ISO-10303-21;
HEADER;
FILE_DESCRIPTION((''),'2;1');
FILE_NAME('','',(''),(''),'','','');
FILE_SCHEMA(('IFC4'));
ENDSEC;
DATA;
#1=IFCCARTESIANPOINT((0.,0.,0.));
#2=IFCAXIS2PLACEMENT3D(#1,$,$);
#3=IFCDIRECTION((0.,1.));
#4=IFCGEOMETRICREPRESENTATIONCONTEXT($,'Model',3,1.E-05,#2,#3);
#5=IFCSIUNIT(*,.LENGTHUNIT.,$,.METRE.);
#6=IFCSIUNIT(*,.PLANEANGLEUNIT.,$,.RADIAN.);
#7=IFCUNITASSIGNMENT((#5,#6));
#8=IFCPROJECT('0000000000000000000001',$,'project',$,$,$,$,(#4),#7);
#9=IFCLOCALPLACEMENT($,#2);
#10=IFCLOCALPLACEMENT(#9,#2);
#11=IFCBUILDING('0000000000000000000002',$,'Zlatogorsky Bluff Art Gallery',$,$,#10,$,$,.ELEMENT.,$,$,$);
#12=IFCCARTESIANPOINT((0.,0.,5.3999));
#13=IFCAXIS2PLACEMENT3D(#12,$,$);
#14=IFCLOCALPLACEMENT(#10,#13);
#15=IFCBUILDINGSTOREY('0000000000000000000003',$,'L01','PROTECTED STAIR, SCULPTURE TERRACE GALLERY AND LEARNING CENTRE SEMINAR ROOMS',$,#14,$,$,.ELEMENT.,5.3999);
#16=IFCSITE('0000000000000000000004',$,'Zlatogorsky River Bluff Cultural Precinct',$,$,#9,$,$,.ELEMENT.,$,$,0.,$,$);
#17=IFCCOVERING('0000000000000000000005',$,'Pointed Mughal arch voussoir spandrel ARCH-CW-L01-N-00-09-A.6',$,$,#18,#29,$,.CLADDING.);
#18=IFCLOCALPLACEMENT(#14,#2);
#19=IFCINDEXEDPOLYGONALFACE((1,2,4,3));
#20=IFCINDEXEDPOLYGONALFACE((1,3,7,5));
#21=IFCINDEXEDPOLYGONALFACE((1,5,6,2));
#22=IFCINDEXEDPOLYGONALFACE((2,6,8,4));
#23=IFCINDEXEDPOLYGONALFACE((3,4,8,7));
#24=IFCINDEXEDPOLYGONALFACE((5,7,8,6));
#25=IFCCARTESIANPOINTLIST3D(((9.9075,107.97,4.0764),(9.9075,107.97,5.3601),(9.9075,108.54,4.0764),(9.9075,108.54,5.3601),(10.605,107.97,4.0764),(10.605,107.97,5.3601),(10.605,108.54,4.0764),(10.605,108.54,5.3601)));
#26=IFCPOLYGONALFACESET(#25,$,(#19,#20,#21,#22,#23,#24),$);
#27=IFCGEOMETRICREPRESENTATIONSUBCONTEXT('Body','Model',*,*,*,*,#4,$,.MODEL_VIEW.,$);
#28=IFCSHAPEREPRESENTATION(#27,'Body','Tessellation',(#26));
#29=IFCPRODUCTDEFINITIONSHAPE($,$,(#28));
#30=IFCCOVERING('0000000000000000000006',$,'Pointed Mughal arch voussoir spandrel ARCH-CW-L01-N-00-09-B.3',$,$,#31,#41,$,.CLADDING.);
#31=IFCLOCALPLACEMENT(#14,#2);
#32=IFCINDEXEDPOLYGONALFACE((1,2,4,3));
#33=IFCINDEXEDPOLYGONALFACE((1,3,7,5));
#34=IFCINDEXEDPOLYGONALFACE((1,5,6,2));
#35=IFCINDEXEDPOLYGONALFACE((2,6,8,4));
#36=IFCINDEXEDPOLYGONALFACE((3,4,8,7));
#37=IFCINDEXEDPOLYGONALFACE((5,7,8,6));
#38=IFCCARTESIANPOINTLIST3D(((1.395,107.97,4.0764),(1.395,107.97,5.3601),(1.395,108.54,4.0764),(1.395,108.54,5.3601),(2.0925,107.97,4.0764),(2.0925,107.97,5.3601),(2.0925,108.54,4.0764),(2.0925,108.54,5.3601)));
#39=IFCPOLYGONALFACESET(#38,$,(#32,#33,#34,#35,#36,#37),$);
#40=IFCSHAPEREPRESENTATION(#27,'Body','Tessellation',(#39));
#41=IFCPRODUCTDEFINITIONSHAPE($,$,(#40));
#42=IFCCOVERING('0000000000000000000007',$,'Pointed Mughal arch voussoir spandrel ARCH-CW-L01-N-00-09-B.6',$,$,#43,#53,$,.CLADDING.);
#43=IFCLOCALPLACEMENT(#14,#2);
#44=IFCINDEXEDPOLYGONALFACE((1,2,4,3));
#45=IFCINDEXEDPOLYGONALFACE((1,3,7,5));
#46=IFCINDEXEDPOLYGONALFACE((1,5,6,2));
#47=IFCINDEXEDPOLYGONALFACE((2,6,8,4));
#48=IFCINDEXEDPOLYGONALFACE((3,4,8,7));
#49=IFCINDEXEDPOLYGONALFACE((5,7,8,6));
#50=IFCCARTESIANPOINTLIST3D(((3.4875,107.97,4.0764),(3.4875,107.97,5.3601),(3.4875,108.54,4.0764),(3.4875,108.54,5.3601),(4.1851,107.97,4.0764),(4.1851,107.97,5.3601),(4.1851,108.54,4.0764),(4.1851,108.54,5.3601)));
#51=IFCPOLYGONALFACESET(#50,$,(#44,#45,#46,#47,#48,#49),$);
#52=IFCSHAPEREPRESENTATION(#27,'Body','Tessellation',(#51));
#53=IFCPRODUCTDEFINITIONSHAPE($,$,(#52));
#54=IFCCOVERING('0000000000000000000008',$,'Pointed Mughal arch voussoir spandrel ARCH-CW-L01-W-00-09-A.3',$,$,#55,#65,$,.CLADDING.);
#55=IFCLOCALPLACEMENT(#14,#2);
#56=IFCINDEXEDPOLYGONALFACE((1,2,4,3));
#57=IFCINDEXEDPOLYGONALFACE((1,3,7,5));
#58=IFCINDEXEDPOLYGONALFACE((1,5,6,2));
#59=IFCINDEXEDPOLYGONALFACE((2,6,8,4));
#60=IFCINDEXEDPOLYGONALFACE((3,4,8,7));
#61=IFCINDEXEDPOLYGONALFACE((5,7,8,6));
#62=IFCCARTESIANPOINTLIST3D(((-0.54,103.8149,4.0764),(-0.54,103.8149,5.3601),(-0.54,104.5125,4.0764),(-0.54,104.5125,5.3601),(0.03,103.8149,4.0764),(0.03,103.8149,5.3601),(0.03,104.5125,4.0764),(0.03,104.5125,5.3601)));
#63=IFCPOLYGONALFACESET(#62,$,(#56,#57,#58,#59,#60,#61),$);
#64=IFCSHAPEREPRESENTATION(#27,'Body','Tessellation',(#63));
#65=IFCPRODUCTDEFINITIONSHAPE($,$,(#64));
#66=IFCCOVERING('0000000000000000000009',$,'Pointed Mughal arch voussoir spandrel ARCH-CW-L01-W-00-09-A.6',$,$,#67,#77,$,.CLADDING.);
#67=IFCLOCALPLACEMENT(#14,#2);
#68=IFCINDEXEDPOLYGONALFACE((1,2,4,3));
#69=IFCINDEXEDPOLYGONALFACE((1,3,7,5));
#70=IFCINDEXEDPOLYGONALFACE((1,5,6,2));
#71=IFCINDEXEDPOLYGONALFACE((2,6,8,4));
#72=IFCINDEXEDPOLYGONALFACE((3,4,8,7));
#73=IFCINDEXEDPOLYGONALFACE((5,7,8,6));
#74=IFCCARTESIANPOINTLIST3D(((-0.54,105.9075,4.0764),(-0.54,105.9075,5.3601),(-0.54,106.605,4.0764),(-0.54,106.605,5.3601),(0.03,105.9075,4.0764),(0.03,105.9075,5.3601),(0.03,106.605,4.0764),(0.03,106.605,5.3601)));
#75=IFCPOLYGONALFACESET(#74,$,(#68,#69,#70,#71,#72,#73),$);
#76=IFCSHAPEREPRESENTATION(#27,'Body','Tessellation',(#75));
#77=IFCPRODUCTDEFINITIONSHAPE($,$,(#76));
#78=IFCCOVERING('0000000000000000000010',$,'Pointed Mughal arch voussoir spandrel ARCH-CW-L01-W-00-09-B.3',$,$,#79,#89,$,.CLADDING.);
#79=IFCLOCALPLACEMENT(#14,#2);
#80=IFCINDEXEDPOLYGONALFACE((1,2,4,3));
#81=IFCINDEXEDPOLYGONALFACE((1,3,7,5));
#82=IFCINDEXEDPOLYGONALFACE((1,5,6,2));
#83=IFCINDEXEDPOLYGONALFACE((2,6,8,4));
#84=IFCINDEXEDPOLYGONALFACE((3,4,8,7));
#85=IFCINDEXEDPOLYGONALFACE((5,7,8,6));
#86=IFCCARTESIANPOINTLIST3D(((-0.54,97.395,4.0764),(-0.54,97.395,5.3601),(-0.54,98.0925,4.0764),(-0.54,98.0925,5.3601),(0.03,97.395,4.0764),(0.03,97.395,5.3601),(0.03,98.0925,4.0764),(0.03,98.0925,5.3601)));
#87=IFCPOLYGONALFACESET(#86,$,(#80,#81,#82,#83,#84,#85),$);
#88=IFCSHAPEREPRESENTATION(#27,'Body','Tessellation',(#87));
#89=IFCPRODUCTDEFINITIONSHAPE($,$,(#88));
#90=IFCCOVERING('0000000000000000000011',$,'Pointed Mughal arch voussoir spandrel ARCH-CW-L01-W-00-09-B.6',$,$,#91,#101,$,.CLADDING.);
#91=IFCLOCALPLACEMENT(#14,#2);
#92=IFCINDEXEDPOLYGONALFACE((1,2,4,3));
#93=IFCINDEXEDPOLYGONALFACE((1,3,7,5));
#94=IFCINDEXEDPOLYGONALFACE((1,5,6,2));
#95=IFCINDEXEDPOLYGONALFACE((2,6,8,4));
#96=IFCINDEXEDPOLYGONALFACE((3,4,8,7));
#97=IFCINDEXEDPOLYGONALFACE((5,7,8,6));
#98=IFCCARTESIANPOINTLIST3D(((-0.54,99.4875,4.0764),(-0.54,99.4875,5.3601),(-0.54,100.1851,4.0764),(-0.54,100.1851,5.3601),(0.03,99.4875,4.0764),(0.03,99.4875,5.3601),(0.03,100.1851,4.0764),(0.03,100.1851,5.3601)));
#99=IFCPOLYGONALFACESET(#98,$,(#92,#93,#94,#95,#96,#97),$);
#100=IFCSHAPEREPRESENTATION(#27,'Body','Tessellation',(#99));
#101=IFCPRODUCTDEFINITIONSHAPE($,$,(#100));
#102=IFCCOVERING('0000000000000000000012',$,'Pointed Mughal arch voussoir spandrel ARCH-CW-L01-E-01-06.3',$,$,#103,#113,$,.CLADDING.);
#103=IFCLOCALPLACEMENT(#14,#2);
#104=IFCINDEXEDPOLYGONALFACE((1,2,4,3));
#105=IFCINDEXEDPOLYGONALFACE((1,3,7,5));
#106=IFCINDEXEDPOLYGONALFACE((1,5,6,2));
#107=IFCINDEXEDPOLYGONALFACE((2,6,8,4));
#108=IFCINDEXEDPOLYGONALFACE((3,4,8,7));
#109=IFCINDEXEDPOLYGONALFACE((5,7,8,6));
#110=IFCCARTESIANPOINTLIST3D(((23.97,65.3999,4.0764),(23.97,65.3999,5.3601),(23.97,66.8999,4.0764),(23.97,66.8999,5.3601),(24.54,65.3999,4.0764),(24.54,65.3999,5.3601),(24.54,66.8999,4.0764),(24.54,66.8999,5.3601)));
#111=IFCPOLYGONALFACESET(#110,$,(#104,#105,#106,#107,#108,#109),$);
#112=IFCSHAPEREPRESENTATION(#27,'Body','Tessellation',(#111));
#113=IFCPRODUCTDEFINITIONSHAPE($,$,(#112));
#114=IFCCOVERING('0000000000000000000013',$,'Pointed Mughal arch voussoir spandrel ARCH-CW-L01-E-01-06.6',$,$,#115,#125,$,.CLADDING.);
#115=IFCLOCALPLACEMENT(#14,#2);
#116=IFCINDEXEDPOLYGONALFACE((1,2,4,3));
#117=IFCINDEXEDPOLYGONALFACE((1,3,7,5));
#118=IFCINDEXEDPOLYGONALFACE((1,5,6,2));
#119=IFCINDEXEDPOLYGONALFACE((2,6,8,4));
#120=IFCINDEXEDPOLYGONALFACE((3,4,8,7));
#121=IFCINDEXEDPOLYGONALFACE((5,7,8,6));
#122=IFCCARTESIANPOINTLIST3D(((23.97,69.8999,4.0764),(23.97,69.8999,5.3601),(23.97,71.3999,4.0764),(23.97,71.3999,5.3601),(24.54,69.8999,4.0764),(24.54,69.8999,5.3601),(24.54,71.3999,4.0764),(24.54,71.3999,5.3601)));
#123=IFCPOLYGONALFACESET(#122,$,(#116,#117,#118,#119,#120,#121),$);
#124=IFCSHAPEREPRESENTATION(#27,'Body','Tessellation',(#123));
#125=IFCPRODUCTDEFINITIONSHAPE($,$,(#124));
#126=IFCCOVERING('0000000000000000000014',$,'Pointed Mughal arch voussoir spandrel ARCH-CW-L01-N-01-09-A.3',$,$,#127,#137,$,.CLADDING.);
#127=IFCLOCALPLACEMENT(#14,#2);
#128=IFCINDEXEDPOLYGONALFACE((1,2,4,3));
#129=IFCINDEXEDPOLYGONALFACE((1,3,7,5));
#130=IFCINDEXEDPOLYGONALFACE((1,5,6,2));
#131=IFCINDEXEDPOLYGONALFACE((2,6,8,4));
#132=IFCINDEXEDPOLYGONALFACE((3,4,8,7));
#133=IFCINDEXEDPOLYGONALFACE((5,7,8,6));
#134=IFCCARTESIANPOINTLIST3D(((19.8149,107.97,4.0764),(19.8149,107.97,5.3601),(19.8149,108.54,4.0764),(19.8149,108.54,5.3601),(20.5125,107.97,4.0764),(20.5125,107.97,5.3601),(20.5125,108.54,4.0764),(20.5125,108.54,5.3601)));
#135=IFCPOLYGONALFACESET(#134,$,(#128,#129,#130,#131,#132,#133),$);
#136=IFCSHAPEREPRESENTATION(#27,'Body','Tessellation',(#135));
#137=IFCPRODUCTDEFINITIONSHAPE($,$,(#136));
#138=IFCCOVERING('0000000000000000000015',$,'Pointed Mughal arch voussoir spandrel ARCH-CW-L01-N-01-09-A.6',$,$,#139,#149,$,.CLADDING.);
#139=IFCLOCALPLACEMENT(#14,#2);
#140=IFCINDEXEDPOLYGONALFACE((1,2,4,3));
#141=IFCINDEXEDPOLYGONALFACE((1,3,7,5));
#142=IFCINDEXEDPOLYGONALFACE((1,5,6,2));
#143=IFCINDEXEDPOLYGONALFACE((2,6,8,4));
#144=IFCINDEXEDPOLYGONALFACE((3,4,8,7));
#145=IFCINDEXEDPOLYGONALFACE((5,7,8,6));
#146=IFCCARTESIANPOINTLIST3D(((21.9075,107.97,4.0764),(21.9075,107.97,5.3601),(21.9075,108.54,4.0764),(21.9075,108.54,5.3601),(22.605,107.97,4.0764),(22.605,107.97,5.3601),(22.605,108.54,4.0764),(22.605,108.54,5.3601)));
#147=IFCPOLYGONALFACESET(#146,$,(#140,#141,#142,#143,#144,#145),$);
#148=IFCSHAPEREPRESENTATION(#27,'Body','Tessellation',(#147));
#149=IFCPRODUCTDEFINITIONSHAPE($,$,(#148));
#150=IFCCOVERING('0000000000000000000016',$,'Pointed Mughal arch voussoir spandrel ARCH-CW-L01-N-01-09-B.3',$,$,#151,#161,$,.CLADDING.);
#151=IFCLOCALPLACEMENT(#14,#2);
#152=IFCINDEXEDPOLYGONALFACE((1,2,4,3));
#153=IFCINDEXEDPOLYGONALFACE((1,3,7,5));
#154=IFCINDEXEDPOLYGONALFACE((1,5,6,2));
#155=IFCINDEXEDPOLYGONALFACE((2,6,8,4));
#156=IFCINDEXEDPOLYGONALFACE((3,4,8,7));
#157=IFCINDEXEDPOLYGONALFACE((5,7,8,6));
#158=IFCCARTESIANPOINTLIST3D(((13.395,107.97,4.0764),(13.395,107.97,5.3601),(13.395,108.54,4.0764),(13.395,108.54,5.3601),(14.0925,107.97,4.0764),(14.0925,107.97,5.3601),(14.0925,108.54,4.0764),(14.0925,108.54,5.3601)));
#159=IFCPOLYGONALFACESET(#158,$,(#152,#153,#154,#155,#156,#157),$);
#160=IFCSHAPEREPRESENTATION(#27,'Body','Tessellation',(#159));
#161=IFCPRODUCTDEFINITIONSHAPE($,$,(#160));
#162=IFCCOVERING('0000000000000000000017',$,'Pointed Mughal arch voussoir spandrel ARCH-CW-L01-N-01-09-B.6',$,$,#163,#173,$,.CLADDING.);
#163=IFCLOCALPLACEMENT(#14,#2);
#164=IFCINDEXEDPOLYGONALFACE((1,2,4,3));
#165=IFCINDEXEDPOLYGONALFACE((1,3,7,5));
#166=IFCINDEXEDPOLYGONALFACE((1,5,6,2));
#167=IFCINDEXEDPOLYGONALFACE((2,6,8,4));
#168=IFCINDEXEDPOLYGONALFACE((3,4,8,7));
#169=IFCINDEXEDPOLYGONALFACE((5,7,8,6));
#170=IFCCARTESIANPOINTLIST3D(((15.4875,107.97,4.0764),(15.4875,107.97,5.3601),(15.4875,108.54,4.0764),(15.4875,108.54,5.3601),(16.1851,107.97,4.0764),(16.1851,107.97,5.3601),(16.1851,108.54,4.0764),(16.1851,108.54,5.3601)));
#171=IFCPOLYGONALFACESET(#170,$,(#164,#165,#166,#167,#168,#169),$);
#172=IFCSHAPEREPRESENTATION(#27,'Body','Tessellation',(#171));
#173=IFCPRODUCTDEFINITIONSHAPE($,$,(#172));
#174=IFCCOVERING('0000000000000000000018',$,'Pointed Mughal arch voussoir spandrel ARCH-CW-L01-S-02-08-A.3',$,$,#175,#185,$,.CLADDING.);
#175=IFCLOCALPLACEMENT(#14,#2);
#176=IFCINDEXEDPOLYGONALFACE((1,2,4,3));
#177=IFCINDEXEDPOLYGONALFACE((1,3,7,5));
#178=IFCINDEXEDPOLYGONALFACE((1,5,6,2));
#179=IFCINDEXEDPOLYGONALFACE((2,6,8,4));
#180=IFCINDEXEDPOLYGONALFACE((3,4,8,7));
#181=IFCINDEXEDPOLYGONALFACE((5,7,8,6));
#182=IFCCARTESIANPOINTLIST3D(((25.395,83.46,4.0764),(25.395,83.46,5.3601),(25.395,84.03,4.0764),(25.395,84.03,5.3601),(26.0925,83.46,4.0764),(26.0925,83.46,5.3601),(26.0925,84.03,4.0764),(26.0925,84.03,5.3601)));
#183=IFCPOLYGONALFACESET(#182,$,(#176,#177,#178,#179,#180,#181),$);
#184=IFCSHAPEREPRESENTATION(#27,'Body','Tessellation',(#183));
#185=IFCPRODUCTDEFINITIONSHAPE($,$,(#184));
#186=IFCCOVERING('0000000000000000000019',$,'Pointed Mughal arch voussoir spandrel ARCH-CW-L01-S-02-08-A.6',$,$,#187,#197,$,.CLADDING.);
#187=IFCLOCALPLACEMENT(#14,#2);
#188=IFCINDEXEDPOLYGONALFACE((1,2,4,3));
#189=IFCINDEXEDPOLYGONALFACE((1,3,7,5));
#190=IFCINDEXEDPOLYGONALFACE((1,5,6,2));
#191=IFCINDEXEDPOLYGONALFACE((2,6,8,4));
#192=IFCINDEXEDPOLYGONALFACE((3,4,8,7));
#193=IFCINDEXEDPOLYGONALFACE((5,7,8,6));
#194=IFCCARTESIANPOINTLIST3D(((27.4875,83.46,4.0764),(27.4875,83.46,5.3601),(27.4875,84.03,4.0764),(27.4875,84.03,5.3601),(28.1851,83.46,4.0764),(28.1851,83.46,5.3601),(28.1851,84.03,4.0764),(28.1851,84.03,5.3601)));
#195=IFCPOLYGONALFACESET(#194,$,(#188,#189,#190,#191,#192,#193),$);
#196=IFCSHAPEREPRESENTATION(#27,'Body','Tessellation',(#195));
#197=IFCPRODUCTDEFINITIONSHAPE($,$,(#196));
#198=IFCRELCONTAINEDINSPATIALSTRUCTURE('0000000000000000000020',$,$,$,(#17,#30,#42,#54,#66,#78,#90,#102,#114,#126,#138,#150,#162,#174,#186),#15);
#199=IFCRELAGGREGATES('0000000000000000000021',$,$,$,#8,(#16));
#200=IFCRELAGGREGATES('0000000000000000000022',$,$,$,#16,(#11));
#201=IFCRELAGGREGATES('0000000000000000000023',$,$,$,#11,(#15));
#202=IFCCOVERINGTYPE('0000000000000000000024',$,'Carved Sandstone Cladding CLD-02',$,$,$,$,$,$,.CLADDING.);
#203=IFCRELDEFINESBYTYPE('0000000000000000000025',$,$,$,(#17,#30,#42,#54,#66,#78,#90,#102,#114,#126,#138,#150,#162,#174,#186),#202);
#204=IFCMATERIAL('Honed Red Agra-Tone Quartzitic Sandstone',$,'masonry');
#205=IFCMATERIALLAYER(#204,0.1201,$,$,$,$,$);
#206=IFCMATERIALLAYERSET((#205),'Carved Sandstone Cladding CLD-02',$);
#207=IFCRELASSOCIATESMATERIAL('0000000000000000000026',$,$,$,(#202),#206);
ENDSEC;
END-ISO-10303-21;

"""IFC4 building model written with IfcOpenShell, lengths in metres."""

from ifc_helpers import new_model, si_unit, direction, frame, origin, place, context, subcontext, project, spatial, polyline, outline, extrude, material, layer, layer_set, type_object, element, save


model = new_model("IFC4")

# Units and contexts
model_context = context("Model", 3, precision=1e-05, world=origin(), true_north=direction((0.0, 1.0)))
body_context = subcontext(model_context, "Body", "Model", "MODEL_VIEW")
ifc_project = project(units=[si_unit("LENGTHUNIT", "METRE"), si_unit("PLANEANGLEUNIT", "RADIAN")], contexts=[model_context])

# Site, building, storey
site_placement = place(None, origin())
site = spatial("IfcSite", under=ifc_project, at=site_placement, Name="Zlatogorsky River Bluff Cultural Precinct", CompositionType="ELEMENT", RefElevation=0.0)
building_placement = place(site_placement, origin())
building = spatial("IfcBuilding", under=site, at=building_placement, Name="Zlatogorsky Bluff Art Gallery", CompositionType="ELEMENT")
storey_placement = place(building_placement, frame((0.0, 0.0, 5.3999)))
storey = spatial("IfcBuildingStorey", under=building, at=storey_placement, Name="L01", Description="PROTECTED STAIR, SCULPTURE TERRACE GALLERY AND LEARNING CENTRE SEMINAR ROOMS", CompositionType="ELEMENT", Elevation=5.3999)

# Coverings
ifc_material = material(Name="Honed Red Agra-Tone Quartzitic Sandstone", Category="masonry")
ifc_layer = layer(ifc_material, 0.1201)
ifc_layer_set = layer_set([ifc_layer], Name="Carved Sandstone Cladding CLD-02")
covering_type = type_object("IfcCoveringType", Name="Carved Sandstone Cladding CLD-02", PredefinedType="CLADDING", material=ifc_layer_set)
covering_1_placement = place(storey_placement, frame((0.0, 0.0, 4.0764)))
element("IfcCovering", 1, at=covering_1_placement, inside=storey, type_object=covering_type, Name="Pointed Mughal arch voussoir spandrel ARCH-CW-L01-N-00-09-A.6", PredefinedType="CLADDING", context=body_context, shape_type="SweptSolid", body=[
    extrude(outline(polyline([(9.9075, 107.97), (10.605, 107.97), (10.605, 108.54), (9.9075, 108.54), (9.9075, 107.97)])), origin(), (0.0, 0.0, 1.0), 1.2837),
])
covering_2_placement = place(storey_placement, frame((0.0, 0.0, 4.0764)))
element("IfcCovering", 2, at=covering_2_placement, inside=storey, type_object=covering_type, Name="Pointed Mughal arch voussoir spandrel ARCH-CW-L01-N-00-09-B.3", PredefinedType="CLADDING", context=body_context, shape_type="SweptSolid", body=[
    extrude(outline(polyline([(1.395, 107.97), (2.0925, 107.97), (2.0925, 108.54), (1.395, 108.54), (1.395, 107.97)])), origin(), (0.0, 0.0, 1.0), 1.2837),
])
covering_3_placement = place(storey_placement, frame((0.0, 0.0, 4.0764)))
element("IfcCovering", 3, at=covering_3_placement, inside=storey, type_object=covering_type, Name="Pointed Mughal arch voussoir spandrel ARCH-CW-L01-N-00-09-B.6", PredefinedType="CLADDING", context=body_context, shape_type="SweptSolid", body=[
    extrude(outline(polyline([(3.4875, 107.97), (4.1851, 107.97), (4.1851, 108.54), (3.4875, 108.54), (3.4875, 107.97)])), origin(), (0.0, 0.0, 1.0), 1.2837),
])
covering_4_placement = place(storey_placement, frame((0.0, 0.0, 4.0764)))
element("IfcCovering", 4, at=covering_4_placement, inside=storey, type_object=covering_type, Name="Pointed Mughal arch voussoir spandrel ARCH-CW-L01-W-00-09-A.3", PredefinedType="CLADDING", context=body_context, shape_type="SweptSolid", body=[
    extrude(outline(polyline([(-0.54, 103.8149), (-0.54, 104.5125), (0.03, 104.5125), (0.03, 103.8149), (-0.54, 103.8149)])), origin(), (0.0, 0.0, 1.0), 1.2837),
])
covering_5_placement = place(storey_placement, frame((0.0, 0.0, 4.0764)))
element("IfcCovering", 5, at=covering_5_placement, inside=storey, type_object=covering_type, Name="Pointed Mughal arch voussoir spandrel ARCH-CW-L01-W-00-09-A.6", PredefinedType="CLADDING", context=body_context, shape_type="SweptSolid", body=[
    extrude(outline(polyline([(-0.54, 105.9075), (-0.54, 106.605), (0.03, 106.605), (0.03, 105.9075), (-0.54, 105.9075)])), origin(), (0.0, 0.0, 1.0), 1.2837),
])
covering_6_placement = place(storey_placement, frame((0.0, 0.0, 4.0764)))
element("IfcCovering", 6, at=covering_6_placement, inside=storey, type_object=covering_type, Name="Pointed Mughal arch voussoir spandrel ARCH-CW-L01-W-00-09-B.3", PredefinedType="CLADDING", context=body_context, shape_type="SweptSolid", body=[
    extrude(outline(polyline([(-0.54, 97.395), (-0.54, 98.0925), (0.03, 98.0925), (0.03, 97.395), (-0.54, 97.395)])), origin(), (0.0, 0.0, 1.0), 1.2837),
])
covering_7_placement = place(storey_placement, frame((0.0, 0.0, 4.0764)))
element("IfcCovering", 7, at=covering_7_placement, inside=storey, type_object=covering_type, Name="Pointed Mughal arch voussoir spandrel ARCH-CW-L01-W-00-09-B.6", PredefinedType="CLADDING", context=body_context, shape_type="SweptSolid", body=[
    extrude(outline(polyline([(-0.54, 99.4875), (-0.54, 100.1851), (0.03, 100.1851), (0.03, 99.4875), (-0.54, 99.4875)])), origin(), (0.0, 0.0, 1.0), 1.2837),
])
covering_8_placement = place(storey_placement, frame((0.0, 0.0, 4.0764)))
element("IfcCovering", 8, at=covering_8_placement, inside=storey, type_object=covering_type, Name="Pointed Mughal arch voussoir spandrel ARCH-CW-L01-E-01-06.3", PredefinedType="CLADDING", context=body_context, shape_type="SweptSolid", body=[
    extrude(outline(polyline([(23.97, 65.3999), (23.97, 66.8999), (24.54, 66.8999), (24.54, 65.3999), (23.97, 65.3999)])), origin(), (0.0, 0.0, 1.0), 1.2837),
])
covering_9_placement = place(storey_placement, frame((0.0, 0.0, 4.0764)))
element("IfcCovering", 9, at=covering_9_placement, inside=storey, type_object=covering_type, Name="Pointed Mughal arch voussoir spandrel ARCH-CW-L01-E-01-06.6", PredefinedType="CLADDING", context=body_context, shape_type="SweptSolid", body=[
    extrude(outline(polyline([(23.97, 69.8999), (23.97, 71.3999), (24.54, 71.3999), (24.54, 69.8999), (23.97, 69.8999)])), origin(), (0.0, 0.0, 1.0), 1.2837),
])
covering_10_placement = place(storey_placement, frame((0.0, 0.0, 4.0764)))
element("IfcCovering", 10, at=covering_10_placement, inside=storey, type_object=covering_type, Name="Pointed Mughal arch voussoir spandrel ARCH-CW-L01-N-01-09-A.3", PredefinedType="CLADDING", context=body_context, shape_type="SweptSolid", body=[
    extrude(outline(polyline([(19.8149, 107.97), (20.5125, 107.97), (20.5125, 108.54), (19.8149, 108.54), (19.8149, 107.97)])), origin(), (0.0, 0.0, 1.0), 1.2837),
])
covering_11_placement = place(storey_placement, frame((0.0, 0.0, 4.0764)))
element("IfcCovering", 11, at=covering_11_placement, inside=storey, type_object=covering_type, Name="Pointed Mughal arch voussoir spandrel ARCH-CW-L01-N-01-09-A.6", PredefinedType="CLADDING", context=body_context, shape_type="SweptSolid", body=[
    extrude(outline(polyline([(21.9075, 107.97), (22.605, 107.97), (22.605, 108.54), (21.9075, 108.54), (21.9075, 107.97)])), origin(), (0.0, 0.0, 1.0), 1.2837),
])
covering_12_placement = place(storey_placement, frame((0.0, 0.0, 4.0764)))
element("IfcCovering", 12, at=covering_12_placement, inside=storey, type_object=covering_type, Name="Pointed Mughal arch voussoir spandrel ARCH-CW-L01-N-01-09-B.3", PredefinedType="CLADDING", context=body_context, shape_type="SweptSolid", body=[
    extrude(outline(polyline([(13.395, 107.97), (14.0925, 107.97), (14.0925, 108.54), (13.395, 108.54), (13.395, 107.97)])), origin(), (0.0, 0.0, 1.0), 1.2837),
])
covering_13_placement = place(storey_placement, frame((0.0, 0.0, 4.0764)))
element("IfcCovering", 13, at=covering_13_placement, inside=storey, type_object=covering_type, Name="Pointed Mughal arch voussoir spandrel ARCH-CW-L01-N-01-09-B.6", PredefinedType="CLADDING", context=body_context, shape_type="SweptSolid", body=[
    extrude(outline(polyline([(15.4875, 107.97), (16.1851, 107.97), (16.1851, 108.54), (15.4875, 108.54), (15.4875, 107.97)])), origin(), (0.0, 0.0, 1.0), 1.2837),
])
covering_14_placement = place(storey_placement, frame((0.0, 0.0, 4.0764)))
element("IfcCovering", 14, at=covering_14_placement, inside=storey, type_object=covering_type, Name="Pointed Mughal arch voussoir spandrel ARCH-CW-L01-S-02-08-A.3", PredefinedType="CLADDING", context=body_context, shape_type="SweptSolid", body=[
    extrude(outline(polyline([(25.395, 83.46), (26.0925, 83.46), (26.0925, 84.03), (25.395, 84.03), (25.395, 83.46)])), origin(), (0.0, 0.0, 1.0), 1.2837),
])
covering_15_placement = place(storey_placement, frame((0.0, 0.0, 4.0764)))
element("IfcCovering", 15, at=covering_15_placement, inside=storey, type_object=covering_type, Name="Pointed Mughal arch voussoir spandrel ARCH-CW-L01-S-02-08-A.6", PredefinedType="CLADDING", context=body_context, shape_type="SweptSolid", body=[
    extrude(outline(polyline([(27.4875, 83.46), (28.1851, 83.46), (28.1851, 84.03), (27.4875, 84.03), (27.4875, 83.46)])), origin(), (0.0, 0.0, 1.0), 1.2837),
])

save(model, "model.ifc")
